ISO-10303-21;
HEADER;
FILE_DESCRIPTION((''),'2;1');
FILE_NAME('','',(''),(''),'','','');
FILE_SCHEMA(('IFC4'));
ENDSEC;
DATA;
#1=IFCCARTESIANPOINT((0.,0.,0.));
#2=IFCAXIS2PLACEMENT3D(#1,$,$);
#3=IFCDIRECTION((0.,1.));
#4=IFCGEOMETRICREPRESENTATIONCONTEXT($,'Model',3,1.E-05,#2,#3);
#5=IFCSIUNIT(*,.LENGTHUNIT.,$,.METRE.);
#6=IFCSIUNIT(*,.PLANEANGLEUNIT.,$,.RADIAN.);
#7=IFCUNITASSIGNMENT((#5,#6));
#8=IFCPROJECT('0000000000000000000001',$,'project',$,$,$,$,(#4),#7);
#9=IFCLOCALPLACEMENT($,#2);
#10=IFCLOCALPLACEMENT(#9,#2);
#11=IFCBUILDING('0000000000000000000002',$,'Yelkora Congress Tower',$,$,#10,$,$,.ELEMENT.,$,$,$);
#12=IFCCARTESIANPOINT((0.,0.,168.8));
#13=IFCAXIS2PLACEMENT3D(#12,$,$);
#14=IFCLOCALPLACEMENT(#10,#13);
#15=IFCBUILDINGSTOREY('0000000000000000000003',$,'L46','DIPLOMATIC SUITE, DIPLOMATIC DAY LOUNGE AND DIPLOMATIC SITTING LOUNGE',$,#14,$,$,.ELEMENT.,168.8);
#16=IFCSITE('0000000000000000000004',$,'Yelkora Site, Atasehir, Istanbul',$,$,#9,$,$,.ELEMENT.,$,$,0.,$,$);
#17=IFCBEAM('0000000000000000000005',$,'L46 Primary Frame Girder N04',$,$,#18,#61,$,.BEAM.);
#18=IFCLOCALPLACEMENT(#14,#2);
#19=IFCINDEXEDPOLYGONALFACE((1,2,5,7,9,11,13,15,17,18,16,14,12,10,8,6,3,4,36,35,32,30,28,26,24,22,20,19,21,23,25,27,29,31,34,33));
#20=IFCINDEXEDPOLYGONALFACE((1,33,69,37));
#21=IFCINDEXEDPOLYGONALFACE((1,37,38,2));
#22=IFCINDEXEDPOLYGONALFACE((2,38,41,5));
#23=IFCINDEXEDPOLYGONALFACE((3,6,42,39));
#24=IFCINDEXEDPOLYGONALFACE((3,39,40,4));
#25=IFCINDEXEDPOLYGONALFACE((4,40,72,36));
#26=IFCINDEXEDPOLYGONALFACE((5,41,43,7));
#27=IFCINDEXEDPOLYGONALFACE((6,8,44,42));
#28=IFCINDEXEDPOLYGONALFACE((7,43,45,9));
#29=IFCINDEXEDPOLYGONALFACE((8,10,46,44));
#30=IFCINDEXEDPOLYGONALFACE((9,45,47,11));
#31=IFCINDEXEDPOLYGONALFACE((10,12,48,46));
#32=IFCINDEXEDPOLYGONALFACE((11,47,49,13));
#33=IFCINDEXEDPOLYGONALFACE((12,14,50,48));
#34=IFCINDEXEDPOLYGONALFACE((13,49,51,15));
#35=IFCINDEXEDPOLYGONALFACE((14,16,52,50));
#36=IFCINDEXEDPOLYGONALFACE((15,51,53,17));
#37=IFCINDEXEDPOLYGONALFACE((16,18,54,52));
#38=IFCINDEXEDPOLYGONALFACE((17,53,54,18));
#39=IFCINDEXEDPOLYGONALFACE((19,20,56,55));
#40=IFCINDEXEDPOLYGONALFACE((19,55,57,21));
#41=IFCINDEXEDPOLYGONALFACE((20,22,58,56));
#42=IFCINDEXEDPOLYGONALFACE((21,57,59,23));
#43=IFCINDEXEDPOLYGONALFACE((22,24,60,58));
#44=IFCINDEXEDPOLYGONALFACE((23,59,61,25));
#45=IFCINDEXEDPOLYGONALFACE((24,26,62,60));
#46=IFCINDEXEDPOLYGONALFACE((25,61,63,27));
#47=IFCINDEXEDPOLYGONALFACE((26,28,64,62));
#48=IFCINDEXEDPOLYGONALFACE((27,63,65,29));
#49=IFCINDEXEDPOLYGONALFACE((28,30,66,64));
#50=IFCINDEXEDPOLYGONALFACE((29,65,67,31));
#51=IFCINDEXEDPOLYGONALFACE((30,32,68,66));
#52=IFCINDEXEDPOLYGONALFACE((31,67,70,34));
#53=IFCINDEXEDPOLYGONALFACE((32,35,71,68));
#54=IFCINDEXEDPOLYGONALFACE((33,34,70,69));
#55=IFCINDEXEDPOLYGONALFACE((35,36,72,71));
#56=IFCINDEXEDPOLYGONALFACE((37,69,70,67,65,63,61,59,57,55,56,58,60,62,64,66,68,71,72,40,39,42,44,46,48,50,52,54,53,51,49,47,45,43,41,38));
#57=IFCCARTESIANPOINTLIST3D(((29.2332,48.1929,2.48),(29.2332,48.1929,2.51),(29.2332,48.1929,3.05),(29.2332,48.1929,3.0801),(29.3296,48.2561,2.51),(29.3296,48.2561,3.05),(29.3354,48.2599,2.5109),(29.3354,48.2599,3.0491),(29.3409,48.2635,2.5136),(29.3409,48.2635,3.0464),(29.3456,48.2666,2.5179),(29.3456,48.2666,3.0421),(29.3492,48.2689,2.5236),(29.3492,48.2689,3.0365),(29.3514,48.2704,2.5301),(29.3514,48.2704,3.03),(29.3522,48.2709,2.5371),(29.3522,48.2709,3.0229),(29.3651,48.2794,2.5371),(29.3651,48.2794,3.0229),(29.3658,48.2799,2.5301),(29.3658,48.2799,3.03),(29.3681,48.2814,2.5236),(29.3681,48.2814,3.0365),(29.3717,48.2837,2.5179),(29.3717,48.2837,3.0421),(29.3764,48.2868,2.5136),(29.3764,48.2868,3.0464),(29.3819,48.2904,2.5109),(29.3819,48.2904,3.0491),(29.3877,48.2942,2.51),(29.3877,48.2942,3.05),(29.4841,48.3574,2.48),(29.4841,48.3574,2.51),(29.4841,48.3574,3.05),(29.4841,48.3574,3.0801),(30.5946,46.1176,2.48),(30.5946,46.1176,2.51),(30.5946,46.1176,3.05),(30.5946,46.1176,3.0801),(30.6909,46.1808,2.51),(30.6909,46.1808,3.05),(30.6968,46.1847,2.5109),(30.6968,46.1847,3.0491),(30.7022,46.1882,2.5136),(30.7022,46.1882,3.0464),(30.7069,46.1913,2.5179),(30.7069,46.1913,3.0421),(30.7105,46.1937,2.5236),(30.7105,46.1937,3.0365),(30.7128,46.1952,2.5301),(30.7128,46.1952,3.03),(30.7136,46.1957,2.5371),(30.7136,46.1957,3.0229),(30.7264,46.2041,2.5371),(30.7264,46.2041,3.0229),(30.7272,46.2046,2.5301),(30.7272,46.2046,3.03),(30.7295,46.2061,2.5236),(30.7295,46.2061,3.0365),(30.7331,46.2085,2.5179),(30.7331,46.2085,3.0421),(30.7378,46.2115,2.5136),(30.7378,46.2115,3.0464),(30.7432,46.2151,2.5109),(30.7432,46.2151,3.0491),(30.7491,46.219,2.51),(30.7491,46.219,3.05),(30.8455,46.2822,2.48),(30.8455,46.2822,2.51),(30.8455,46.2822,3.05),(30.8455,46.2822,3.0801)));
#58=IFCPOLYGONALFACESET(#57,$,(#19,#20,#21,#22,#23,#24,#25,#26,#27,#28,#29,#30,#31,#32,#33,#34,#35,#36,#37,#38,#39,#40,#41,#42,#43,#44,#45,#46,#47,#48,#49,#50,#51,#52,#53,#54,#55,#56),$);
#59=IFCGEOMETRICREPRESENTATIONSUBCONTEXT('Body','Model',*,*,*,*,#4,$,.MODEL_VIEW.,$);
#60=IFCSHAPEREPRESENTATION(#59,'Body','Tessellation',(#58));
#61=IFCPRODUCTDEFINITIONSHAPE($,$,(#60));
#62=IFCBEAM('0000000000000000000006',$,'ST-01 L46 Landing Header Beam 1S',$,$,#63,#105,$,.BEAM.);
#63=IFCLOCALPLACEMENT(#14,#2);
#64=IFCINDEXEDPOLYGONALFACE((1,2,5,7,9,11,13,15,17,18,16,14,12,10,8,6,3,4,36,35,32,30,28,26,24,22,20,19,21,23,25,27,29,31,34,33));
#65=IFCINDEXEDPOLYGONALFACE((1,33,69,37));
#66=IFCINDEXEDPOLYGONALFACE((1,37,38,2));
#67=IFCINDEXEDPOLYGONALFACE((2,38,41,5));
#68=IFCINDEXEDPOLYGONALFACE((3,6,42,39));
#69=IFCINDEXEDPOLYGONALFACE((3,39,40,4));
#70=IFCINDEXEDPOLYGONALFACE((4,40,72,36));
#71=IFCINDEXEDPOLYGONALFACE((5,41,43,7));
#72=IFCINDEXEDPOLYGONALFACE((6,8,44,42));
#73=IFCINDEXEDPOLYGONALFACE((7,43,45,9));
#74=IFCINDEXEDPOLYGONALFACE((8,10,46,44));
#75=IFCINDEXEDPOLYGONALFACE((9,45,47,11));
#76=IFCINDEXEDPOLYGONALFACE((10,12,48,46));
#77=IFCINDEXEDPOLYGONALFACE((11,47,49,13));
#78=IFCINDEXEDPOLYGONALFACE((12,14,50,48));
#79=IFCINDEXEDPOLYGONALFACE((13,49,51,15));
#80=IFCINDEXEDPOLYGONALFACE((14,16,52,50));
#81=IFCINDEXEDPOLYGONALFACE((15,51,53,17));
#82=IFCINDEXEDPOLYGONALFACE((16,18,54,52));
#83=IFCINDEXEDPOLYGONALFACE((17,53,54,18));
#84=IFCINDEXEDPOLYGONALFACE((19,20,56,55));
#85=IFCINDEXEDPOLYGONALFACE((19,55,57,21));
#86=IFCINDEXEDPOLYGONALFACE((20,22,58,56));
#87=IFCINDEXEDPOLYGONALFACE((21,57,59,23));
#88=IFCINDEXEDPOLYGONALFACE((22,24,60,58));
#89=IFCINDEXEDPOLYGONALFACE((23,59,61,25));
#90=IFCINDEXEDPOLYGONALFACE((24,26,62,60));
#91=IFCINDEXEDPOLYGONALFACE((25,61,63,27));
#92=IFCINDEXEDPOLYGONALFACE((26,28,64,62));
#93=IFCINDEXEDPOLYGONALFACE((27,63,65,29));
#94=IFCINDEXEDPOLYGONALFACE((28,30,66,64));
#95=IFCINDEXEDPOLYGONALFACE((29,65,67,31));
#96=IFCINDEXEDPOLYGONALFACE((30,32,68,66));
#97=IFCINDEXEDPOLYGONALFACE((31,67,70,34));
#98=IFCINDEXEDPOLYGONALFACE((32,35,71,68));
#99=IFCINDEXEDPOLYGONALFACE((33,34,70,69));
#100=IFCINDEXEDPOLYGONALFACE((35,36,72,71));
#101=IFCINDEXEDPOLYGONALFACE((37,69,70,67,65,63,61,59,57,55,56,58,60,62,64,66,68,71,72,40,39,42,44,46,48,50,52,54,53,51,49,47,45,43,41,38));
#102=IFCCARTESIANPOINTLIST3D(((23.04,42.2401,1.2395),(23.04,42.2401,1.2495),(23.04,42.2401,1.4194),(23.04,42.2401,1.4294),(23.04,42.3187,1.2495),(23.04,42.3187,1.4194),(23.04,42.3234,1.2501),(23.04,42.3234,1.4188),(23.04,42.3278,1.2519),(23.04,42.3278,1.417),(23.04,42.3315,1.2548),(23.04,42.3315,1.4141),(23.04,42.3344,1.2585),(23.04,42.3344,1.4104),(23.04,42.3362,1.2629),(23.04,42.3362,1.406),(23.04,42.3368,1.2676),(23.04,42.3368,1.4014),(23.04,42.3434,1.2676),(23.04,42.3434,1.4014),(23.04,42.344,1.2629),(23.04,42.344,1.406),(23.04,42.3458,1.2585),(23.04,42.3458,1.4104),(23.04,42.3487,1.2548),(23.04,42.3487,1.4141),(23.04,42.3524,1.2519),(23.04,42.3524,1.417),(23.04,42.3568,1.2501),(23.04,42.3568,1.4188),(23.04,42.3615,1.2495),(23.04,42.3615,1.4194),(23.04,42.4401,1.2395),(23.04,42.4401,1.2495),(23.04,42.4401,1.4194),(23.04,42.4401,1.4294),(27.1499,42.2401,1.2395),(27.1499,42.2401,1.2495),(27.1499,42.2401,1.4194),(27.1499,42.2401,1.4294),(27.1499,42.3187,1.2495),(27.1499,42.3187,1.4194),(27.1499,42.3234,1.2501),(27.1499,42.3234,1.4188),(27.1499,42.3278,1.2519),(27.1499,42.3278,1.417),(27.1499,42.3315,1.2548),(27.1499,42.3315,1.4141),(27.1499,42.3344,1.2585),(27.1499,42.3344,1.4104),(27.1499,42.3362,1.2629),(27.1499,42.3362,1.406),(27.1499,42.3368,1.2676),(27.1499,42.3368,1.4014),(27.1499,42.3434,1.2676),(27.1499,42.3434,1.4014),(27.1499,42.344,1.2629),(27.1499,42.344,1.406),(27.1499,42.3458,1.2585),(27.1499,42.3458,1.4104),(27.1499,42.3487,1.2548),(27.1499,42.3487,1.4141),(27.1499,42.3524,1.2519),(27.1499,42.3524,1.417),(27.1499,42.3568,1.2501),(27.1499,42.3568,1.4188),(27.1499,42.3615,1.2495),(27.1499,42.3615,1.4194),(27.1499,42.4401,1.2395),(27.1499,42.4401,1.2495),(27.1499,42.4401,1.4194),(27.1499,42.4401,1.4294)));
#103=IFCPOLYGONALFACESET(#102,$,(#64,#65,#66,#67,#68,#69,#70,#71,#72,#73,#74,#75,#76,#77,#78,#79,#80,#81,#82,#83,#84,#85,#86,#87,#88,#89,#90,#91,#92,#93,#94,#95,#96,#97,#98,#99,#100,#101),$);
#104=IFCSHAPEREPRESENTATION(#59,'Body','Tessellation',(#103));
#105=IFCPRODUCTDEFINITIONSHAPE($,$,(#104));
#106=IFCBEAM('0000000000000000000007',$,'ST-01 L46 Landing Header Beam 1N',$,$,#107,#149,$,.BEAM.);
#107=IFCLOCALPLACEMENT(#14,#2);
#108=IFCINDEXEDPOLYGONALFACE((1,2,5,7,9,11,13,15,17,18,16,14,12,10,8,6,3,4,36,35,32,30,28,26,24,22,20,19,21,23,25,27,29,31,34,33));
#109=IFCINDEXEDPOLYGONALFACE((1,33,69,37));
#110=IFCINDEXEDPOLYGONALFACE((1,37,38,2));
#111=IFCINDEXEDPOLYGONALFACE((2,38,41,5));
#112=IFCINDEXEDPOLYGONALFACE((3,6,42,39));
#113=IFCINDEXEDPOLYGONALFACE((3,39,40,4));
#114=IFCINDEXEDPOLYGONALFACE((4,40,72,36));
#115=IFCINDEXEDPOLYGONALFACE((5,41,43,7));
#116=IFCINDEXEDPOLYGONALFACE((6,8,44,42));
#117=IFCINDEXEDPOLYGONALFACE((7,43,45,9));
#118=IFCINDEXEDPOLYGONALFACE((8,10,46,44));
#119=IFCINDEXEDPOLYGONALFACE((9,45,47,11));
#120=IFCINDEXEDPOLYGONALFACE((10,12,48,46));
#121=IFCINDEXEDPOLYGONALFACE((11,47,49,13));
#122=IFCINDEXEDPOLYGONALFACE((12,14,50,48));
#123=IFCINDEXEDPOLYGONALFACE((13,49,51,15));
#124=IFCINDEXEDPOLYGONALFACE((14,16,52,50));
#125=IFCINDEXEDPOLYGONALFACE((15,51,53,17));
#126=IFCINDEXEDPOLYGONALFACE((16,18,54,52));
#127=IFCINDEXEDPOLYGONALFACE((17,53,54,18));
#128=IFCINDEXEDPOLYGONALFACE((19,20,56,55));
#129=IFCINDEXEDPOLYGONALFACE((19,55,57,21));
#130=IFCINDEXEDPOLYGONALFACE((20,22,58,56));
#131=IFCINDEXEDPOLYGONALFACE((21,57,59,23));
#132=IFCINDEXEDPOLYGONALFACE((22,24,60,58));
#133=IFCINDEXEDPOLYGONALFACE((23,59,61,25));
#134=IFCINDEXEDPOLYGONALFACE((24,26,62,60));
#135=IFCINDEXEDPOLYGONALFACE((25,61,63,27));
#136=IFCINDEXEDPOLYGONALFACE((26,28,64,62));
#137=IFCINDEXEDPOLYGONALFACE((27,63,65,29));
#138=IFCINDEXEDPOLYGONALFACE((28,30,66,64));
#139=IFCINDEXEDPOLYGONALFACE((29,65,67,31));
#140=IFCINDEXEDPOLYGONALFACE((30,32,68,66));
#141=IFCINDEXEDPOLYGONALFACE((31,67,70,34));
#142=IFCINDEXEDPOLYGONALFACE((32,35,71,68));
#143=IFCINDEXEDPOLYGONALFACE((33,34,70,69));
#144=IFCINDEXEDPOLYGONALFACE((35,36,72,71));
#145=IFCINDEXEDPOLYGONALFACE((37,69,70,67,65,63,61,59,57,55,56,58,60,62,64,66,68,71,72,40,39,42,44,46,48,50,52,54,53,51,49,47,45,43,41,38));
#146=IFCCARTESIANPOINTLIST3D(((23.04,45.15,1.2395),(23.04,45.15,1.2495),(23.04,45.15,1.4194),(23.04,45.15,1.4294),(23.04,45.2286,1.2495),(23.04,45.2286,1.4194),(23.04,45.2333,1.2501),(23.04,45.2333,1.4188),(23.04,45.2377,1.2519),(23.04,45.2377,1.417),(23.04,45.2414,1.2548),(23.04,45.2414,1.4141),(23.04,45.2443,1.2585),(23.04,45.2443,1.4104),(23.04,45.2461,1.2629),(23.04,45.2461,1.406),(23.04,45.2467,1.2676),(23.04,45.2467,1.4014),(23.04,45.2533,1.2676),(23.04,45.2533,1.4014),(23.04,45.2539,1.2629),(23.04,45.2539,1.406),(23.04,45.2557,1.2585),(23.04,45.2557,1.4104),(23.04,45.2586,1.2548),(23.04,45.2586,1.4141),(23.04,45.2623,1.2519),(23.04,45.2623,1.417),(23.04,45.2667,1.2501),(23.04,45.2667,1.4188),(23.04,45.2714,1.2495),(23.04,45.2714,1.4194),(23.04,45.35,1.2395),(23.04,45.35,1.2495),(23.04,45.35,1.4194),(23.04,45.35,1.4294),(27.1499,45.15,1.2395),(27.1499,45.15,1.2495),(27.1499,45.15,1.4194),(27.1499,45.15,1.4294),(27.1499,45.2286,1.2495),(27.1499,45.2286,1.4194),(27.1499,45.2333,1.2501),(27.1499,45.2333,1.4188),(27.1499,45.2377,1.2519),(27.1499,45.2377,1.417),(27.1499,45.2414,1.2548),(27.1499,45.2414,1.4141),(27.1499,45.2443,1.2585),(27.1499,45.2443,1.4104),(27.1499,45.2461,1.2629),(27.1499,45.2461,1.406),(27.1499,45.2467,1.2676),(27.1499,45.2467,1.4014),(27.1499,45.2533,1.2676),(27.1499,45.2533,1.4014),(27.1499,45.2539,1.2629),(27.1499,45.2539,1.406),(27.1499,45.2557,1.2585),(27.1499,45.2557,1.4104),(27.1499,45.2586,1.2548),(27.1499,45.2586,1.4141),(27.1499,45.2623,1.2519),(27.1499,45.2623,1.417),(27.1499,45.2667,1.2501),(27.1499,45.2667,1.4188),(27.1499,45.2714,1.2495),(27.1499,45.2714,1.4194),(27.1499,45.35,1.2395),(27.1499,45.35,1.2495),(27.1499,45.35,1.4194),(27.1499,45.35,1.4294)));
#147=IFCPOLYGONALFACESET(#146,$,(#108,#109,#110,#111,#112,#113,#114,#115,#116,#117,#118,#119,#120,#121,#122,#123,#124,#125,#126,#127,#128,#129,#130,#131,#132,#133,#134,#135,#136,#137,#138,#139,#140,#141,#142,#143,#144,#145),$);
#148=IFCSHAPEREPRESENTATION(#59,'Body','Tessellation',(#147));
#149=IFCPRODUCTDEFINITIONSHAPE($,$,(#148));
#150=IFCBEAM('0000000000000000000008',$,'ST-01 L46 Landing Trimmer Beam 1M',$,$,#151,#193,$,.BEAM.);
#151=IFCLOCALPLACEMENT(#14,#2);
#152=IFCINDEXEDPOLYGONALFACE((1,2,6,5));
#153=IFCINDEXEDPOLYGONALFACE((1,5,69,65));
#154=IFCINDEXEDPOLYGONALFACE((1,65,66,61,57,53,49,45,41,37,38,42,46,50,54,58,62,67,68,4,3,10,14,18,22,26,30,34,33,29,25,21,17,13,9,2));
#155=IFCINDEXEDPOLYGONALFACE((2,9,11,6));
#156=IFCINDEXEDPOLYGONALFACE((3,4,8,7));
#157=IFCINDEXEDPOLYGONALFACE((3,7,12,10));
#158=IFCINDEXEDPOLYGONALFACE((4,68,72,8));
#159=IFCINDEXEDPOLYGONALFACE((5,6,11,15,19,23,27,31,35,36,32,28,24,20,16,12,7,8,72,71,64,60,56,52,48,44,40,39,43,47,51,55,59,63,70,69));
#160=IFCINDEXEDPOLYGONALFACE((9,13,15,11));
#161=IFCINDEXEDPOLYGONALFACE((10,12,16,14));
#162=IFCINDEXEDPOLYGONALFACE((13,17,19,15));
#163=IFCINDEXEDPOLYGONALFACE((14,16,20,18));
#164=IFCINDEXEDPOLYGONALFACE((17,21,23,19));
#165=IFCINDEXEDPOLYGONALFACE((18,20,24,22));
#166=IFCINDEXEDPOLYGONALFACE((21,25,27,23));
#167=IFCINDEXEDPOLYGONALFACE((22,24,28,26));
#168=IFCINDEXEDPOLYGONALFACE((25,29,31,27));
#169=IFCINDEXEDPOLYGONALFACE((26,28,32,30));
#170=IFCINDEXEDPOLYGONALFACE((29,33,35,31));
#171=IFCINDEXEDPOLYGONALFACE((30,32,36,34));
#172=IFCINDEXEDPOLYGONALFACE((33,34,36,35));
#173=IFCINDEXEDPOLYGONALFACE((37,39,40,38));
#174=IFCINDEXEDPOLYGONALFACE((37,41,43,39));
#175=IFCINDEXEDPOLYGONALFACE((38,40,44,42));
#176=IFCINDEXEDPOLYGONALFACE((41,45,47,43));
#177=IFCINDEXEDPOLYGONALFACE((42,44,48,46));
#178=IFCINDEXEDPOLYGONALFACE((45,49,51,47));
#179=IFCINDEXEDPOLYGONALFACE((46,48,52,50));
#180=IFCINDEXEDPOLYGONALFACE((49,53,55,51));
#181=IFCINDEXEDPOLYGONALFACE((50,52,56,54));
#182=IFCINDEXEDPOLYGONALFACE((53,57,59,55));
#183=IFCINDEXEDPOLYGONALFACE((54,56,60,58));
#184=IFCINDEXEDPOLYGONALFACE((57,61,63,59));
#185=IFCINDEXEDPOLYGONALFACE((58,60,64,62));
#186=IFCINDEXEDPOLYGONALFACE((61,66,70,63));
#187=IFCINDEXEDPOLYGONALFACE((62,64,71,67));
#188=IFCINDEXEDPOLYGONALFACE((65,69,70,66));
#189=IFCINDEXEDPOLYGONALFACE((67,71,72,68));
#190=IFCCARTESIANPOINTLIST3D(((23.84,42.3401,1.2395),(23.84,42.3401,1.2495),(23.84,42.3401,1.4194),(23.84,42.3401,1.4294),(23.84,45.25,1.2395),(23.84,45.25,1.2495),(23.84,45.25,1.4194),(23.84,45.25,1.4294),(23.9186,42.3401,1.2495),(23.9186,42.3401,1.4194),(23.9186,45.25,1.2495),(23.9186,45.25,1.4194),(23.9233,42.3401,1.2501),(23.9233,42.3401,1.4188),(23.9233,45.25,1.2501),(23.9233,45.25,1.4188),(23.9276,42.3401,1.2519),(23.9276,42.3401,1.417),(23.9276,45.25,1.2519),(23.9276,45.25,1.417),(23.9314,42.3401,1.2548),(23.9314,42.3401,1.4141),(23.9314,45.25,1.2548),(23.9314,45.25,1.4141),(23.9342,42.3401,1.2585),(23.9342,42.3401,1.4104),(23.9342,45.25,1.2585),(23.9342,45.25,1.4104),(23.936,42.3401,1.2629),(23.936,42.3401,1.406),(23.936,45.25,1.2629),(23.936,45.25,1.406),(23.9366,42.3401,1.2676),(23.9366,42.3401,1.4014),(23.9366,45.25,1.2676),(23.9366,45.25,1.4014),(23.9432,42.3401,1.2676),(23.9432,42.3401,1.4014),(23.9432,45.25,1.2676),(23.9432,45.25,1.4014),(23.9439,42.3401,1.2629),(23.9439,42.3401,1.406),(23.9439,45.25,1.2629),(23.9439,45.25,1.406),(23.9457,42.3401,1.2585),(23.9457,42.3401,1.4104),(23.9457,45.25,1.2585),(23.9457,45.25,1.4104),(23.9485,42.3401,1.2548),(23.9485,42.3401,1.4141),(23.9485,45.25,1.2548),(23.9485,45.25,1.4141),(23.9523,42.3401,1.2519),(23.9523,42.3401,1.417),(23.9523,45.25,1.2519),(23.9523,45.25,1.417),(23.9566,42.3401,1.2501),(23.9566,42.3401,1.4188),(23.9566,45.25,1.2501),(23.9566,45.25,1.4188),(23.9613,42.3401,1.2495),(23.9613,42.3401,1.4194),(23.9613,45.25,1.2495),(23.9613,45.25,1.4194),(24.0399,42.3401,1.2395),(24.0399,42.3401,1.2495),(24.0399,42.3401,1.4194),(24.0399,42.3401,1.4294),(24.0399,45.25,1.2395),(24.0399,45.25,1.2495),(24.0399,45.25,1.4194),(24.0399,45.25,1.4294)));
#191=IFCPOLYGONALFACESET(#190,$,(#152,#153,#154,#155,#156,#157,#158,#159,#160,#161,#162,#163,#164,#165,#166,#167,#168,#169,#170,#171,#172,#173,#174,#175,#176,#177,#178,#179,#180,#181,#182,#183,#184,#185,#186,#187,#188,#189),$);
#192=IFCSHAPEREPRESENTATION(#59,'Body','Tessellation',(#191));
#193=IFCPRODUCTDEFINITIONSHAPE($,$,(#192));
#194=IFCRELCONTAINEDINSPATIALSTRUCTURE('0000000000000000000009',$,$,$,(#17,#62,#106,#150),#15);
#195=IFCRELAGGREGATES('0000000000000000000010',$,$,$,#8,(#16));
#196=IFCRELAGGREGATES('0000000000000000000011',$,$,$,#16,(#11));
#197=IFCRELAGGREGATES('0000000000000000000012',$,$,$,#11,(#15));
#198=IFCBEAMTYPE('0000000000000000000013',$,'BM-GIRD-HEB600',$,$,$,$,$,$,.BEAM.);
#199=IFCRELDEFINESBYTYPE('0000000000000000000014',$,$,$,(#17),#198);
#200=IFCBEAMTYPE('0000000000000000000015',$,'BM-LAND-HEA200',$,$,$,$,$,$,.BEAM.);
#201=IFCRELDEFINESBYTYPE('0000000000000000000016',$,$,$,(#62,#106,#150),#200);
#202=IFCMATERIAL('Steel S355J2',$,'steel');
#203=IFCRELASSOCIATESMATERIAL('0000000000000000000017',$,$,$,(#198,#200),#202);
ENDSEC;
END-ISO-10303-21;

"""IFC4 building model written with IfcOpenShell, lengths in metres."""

from ifc_helpers import new_model, si_unit, direction, frame, origin, origin_2d, place, context, subcontext, project, spatial, i_section, extrude, material, material_profile, profile_set, type_object, element, save


model = new_model("IFC4")

# Units and contexts
model_context = context("Model", 3, precision=1e-05, world=origin(), true_north=direction((0.0, 1.0)))
body_context = subcontext(model_context, "Body", "Model", "MODEL_VIEW")
ifc_project = project(units=[si_unit("LENGTHUNIT", "METRE"), si_unit("PLANEANGLEUNIT", "RADIAN")], contexts=[model_context])

# Site, building, storey
site_placement = place(None, origin())
site = spatial("IfcSite", under=ifc_project, at=site_placement, Name="Yelkora Site, Atasehir, Istanbul", CompositionType="ELEMENT", RefElevation=0.0)
building_placement = place(site_placement, origin())
building = spatial("IfcBuilding", under=site, at=building_placement, Name="Yelkora Congress Tower", CompositionType="ELEMENT")
storey_placement = place(building_placement, frame((0.0, 0.0, 168.8)))
storey = spatial("IfcBuildingStorey", under=building, at=storey_placement, Name="L46", Description="DIPLOMATIC SUITE, DIPLOMATIC DAY LOUNGE AND DIPLOMATIC SITTING LOUNGE", CompositionType="ELEMENT", Elevation=168.8)

# Beams
ifc_material_1 = material(Name="Steel S355J2", Category="steel")
ifc_material_profile_1 = material_profile(ifc_material_1, i_section(OverallWidth=0.3, OverallDepth=0.6001, WebThickness=0.0154, FlangeThickness=0.03, FilletRadius=0.0271, at=origin_2d()), Name="HEB 600")
ifc_profile_set_1 = profile_set([ifc_material_profile_1], Name="Steel S355J2")
beam_type_1 = type_object("IfcBeamType", Name="BM-GIRD-HEB600", PredefinedType="BEAM", material=ifc_profile_set_1)
beam_1_placement = place(storey_placement, frame((29.3586, 48.2751, 2.78), z_axis=(0.54851, -0.836144, 0.0), x_axis=(0.836144, 0.54851, 0.0)))
element("IfcBeam", 1, at=beam_1_placement, inside=storey, type_object=beam_type_1, Name="L46 Primary Frame Girder N04", PredefinedType="BEAM", context=body_context, shape_type="SweptSolid", body=[
    extrude(i_section(OverallWidth=0.3, OverallDepth=0.6001, WebThickness=0.0154, FlangeThickness=0.03, FilletRadius=0.0271, at=origin_2d()), origin(), (0.0, 0.0, 1.0), 2.4819),
])
ifc_material_profile_2 = material_profile(ifc_material_1, i_section(OverallWidth=0.2, OverallDepth=0.1899, WebThickness=0.0066, FlangeThickness=0.01, FilletRadius=0.0181, at=origin_2d()), Name="HEA 200")
ifc_profile_set_2 = profile_set([ifc_material_profile_2], Name="Steel S355J2")
beam_type_2 = type_object("IfcBeamType", Name="BM-LAND-HEA200", PredefinedType="BEAM", material=ifc_profile_set_2)
for number, where, z_axis, x_axis, name in (
    (2, (23.04, 42.3401, 1.3345), (1.0, 0.0, 0.0), (0.0, 1.0, 0.0), "ST-01 L46 Landing Header Beam 1S"),
    (3, (23.04, 45.25, 1.3345), (1.0, 0.0, 0.0), (0.0, 1.0, 0.0), "ST-01 L46 Landing Header Beam 1N"),
):
    element("IfcBeam", number, at=place(storey_placement, frame(where, z_axis=z_axis, x_axis=x_axis)), inside=storey, type_object=beam_type_2, Name=name, PredefinedType="BEAM", context=body_context, shape_type="SweptSolid", body=[
        extrude(i_section(OverallWidth=0.2, OverallDepth=0.1899, WebThickness=0.0066, FlangeThickness=0.01, FilletRadius=0.0181, at=origin_2d()), origin(), (0.0, 0.0, 1.0), 4.1099),
    ])
beam_2_placement = place(storey_placement, frame((23.9399, 42.3401, 1.3345), z_axis=(0.0, 1.0, 0.0), x_axis=(-1.0, 0.0, 0.0)))
element("IfcBeam", 4, at=beam_2_placement, inside=storey, type_object=beam_type_2, Name="ST-01 L46 Landing Trimmer Beam 1M", PredefinedType="BEAM", context=body_context, shape_type="SweptSolid", body=[
    extrude(i_section(OverallWidth=0.2, OverallDepth=0.1899, WebThickness=0.0066, FlangeThickness=0.01, FilletRadius=0.0181, at=origin_2d()), origin(), (0.0, 0.0, 1.0), 2.9099),
])

save(model, "model.ifc")
